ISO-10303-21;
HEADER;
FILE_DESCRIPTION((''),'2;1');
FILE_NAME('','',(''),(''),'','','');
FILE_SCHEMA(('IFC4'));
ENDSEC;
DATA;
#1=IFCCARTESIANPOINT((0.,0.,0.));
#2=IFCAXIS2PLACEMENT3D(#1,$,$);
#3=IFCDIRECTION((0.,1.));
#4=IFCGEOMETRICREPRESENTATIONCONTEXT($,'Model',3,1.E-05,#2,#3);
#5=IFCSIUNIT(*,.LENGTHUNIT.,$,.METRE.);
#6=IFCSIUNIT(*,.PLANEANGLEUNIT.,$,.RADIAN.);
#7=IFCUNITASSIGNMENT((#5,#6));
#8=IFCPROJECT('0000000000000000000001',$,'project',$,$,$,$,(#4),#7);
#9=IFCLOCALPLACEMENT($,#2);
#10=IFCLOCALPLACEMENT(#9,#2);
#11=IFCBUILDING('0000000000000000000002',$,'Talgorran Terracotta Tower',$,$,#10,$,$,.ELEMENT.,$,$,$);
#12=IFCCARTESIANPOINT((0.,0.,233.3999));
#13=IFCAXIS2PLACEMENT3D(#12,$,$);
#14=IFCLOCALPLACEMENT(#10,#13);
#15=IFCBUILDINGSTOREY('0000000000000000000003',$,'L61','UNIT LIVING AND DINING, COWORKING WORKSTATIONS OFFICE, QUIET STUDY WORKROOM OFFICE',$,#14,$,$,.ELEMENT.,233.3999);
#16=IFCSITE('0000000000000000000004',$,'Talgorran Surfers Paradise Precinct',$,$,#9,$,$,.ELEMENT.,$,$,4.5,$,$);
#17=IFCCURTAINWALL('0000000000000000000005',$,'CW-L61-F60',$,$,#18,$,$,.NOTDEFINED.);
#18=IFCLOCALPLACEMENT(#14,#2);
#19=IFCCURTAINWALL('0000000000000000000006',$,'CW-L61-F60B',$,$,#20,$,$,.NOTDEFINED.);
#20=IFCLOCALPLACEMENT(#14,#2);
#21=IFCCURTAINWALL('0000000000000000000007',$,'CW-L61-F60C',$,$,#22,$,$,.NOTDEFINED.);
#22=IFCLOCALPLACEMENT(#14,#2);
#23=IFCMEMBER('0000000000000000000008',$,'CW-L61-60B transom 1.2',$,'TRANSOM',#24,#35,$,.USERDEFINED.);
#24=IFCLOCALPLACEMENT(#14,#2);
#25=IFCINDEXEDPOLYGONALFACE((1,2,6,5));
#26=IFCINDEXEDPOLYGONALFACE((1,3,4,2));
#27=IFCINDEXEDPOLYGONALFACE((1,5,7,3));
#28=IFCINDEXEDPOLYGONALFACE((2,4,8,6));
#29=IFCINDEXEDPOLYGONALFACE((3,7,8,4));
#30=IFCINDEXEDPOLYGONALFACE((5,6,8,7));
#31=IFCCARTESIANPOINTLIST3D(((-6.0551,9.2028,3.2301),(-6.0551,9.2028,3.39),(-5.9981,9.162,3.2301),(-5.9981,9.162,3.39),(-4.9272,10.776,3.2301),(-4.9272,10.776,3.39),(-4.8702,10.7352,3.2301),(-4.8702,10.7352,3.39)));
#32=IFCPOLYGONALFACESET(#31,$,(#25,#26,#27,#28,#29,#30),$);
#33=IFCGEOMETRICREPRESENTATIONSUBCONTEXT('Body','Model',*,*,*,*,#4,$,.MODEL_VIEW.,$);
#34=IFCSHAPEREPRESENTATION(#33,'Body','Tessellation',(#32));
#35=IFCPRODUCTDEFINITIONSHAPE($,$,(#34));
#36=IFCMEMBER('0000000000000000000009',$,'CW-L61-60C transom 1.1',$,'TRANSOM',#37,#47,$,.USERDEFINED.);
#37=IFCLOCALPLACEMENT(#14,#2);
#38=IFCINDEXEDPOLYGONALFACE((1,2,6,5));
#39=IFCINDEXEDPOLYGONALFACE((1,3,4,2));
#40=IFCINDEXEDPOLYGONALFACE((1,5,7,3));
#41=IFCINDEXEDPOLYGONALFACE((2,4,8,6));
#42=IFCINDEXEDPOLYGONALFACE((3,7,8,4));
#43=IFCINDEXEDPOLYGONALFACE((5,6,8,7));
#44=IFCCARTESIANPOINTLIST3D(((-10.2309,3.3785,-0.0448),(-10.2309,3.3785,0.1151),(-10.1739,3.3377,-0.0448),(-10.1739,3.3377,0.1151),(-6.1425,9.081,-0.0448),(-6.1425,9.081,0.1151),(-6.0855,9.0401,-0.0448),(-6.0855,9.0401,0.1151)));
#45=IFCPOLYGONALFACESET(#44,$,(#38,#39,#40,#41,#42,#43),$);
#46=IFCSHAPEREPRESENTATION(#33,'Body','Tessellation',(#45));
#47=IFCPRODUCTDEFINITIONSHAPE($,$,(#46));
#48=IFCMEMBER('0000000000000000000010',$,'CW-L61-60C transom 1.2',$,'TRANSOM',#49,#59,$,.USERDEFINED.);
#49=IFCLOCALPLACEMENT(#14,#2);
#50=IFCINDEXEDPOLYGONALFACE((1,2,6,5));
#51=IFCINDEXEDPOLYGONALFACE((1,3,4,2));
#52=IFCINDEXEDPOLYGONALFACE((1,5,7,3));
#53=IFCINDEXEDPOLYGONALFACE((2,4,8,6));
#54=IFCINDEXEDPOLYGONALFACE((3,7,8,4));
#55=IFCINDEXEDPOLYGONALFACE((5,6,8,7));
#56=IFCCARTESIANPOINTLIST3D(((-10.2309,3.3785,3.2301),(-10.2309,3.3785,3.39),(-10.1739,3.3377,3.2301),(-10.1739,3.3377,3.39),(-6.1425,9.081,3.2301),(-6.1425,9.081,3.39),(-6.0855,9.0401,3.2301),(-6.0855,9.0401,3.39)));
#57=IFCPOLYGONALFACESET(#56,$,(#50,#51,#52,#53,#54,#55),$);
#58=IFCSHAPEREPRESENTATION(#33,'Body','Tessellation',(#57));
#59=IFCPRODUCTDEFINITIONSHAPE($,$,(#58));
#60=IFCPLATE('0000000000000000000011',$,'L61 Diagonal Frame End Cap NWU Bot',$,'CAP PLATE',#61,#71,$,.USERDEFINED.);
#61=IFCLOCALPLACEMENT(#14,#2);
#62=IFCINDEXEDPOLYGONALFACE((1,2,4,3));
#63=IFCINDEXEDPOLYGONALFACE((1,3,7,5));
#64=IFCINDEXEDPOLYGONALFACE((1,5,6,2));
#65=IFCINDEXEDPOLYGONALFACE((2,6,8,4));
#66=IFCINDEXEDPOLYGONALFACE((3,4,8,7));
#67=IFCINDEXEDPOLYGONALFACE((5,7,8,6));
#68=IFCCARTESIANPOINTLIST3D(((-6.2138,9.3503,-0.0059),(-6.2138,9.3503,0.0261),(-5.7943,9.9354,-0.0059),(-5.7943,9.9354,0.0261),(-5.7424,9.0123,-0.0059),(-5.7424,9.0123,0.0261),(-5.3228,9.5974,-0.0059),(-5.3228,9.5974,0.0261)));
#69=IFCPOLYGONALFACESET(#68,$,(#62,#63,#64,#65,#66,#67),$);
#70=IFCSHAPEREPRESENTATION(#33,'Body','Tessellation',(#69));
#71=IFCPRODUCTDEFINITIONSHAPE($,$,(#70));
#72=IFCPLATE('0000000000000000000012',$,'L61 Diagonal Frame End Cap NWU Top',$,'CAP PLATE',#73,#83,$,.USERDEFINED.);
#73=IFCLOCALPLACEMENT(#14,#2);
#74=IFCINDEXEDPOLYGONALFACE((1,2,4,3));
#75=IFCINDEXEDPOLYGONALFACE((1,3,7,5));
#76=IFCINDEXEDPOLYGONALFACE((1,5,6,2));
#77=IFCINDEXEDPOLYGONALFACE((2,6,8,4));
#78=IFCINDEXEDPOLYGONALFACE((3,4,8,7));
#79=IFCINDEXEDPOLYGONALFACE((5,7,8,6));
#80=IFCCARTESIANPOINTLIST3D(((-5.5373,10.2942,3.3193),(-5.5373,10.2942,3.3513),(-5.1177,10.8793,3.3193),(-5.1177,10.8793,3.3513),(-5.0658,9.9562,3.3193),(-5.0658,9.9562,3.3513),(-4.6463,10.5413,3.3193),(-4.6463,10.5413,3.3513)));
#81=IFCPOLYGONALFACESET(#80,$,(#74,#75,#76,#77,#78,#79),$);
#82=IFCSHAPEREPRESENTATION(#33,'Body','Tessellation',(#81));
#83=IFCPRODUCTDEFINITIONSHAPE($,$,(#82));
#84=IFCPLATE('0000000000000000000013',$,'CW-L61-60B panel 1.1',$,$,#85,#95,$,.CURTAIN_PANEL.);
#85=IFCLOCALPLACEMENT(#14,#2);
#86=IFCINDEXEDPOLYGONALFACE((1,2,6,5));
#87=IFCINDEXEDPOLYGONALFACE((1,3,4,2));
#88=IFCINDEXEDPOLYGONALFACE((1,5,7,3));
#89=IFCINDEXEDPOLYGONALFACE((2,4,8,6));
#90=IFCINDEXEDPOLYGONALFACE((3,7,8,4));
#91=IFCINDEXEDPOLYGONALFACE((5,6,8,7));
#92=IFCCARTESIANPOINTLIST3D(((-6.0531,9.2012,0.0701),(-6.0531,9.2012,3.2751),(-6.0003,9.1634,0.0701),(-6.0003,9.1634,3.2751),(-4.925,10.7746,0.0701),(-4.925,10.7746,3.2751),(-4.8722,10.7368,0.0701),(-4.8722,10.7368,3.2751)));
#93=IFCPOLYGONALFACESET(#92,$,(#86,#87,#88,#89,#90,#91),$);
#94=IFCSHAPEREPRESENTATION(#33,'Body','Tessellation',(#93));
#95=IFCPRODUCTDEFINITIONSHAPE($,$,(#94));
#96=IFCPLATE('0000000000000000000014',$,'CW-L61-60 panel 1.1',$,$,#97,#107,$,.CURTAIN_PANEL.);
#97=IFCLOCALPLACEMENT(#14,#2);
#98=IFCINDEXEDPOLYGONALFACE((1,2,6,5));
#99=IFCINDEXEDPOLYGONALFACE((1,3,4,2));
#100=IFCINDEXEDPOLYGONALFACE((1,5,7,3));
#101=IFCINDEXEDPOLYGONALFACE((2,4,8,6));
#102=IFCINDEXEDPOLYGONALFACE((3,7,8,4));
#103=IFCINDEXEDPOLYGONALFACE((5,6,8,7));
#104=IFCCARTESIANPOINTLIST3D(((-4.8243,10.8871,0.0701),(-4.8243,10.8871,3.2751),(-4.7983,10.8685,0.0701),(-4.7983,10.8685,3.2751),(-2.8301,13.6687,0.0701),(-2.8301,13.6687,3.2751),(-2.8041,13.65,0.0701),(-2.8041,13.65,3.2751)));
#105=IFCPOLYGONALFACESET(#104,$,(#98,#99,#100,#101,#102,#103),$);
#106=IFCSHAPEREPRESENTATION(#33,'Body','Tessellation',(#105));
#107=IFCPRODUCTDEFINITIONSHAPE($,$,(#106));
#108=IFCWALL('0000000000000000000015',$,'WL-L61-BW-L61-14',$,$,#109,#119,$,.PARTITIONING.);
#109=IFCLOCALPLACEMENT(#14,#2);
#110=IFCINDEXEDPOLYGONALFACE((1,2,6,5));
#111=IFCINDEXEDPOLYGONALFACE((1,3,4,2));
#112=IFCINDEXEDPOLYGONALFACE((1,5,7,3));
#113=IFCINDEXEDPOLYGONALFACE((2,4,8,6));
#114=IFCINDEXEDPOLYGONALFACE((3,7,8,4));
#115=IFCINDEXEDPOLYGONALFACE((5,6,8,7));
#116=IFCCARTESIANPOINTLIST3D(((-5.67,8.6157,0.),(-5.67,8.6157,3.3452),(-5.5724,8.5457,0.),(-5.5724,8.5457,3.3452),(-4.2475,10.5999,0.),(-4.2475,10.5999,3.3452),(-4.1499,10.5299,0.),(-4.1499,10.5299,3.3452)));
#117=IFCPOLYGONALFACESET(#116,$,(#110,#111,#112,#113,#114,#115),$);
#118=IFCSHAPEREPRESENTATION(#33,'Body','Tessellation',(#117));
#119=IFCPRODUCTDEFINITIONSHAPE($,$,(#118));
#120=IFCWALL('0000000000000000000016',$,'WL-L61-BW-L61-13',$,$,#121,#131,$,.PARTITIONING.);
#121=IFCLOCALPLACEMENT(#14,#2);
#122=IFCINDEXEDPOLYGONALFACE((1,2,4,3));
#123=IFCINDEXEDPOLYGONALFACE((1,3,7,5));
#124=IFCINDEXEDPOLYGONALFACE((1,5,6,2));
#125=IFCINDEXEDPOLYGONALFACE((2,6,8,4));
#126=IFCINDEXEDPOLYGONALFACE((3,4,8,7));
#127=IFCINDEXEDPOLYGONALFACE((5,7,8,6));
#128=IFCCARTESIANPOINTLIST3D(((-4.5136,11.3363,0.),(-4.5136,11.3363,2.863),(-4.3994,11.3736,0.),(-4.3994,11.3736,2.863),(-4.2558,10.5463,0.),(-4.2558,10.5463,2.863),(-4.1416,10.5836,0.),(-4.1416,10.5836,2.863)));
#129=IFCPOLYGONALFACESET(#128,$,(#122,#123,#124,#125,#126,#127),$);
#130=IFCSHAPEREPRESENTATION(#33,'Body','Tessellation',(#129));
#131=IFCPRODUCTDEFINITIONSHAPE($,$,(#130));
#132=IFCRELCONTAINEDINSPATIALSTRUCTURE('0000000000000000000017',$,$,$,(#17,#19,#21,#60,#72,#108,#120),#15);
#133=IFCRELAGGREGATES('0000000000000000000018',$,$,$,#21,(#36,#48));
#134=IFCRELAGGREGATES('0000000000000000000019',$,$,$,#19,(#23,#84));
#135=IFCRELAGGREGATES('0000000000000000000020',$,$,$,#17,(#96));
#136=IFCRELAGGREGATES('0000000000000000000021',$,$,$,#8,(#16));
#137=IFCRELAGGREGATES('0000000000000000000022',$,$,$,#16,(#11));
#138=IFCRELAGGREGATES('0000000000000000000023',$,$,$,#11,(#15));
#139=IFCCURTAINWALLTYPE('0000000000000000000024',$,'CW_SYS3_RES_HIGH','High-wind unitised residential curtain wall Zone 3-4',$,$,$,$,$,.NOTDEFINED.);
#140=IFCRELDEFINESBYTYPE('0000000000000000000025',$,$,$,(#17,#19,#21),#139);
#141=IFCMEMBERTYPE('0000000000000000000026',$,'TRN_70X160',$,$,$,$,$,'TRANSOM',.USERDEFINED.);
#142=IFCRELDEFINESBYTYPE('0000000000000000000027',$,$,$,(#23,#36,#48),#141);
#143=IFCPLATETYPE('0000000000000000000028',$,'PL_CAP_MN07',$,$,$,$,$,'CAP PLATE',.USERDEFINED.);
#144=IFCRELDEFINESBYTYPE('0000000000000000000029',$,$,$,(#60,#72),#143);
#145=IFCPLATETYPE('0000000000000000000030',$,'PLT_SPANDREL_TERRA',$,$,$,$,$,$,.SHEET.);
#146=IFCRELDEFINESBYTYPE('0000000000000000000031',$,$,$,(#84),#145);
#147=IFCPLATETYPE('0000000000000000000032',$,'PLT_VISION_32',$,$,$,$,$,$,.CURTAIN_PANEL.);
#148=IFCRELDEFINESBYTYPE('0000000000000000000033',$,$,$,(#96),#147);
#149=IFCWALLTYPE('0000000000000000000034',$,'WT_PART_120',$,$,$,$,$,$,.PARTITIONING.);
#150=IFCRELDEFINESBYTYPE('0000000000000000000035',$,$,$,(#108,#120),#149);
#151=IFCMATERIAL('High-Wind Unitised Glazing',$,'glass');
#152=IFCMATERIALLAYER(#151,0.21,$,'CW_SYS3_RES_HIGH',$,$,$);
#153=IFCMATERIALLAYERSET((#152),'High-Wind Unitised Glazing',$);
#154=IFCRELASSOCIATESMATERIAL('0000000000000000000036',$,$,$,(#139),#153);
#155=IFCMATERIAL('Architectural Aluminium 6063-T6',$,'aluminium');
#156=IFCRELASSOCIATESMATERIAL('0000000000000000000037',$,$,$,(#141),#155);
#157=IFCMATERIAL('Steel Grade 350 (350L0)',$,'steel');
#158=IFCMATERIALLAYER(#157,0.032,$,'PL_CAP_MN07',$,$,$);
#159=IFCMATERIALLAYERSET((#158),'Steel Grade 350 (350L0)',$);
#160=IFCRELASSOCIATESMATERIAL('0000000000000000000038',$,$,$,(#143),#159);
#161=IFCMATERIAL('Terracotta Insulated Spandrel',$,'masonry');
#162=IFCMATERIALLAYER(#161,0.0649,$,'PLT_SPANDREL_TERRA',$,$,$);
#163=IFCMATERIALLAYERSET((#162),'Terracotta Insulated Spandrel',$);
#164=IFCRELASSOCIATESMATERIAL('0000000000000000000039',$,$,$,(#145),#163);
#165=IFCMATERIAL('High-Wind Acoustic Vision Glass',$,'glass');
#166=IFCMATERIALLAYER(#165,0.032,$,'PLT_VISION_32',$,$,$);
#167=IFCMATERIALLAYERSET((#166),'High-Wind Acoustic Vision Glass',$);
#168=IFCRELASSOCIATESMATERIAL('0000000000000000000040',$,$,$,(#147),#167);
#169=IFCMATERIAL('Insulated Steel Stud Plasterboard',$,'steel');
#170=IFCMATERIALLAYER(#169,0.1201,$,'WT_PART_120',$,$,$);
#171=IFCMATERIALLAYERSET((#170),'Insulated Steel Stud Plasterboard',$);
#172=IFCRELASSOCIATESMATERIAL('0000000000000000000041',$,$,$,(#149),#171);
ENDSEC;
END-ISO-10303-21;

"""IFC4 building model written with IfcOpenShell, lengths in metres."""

from ifc_helpers import new_model, si_unit, direction, frame, frame_2d, origin, origin_2d, place, context, subcontext, project, spatial, rectangle, extrude, source, transform, mapped, material, layer, layer_set, material_profile, profile_set, type_object, type_shapes, element, aggregate, save


model = new_model("IFC4")

# Units and contexts
model_context = context("Model", 3, precision=1e-05, world=origin(), true_north=direction((0.0, 1.0)))
body_context = subcontext(model_context, "Body", "Model", "MODEL_VIEW")
ifc_project = project(units=[si_unit("LENGTHUNIT", "METRE"), si_unit("PLANEANGLEUNIT", "RADIAN")], contexts=[model_context])

# Site, building, storey
site_placement = place(None, origin())
site = spatial("IfcSite", under=ifc_project, at=site_placement, Name="Talgorran Surfers Paradise Precinct", CompositionType="ELEMENT", RefElevation=4.5)
building_placement = place(site_placement, origin())
building = spatial("IfcBuilding", under=site, at=building_placement, Name="Talgorran Terracotta Tower", CompositionType="ELEMENT")
storey_placement = place(building_placement, frame((0.0, 0.0, 233.3999)))
storey = spatial("IfcBuildingStorey", under=building, at=storey_placement, Name="L61", Description="UNIT LIVING AND DINING, COWORKING WORKSTATIONS OFFICE, QUIET STUDY WORKROOM OFFICE", CompositionType="ELEMENT", Elevation=233.3999)

# Shared definitions
ifc_material_1 = material(Name="Steel Grade 350 (350L0)", Category="steel")

# Shared definitions
ifc_material_2 = material(Name="High-Wind Unitised Glazing", Category="glass")
ifc_layer_1 = layer(ifc_material_2, 0.21, Name="CW_SYS3_RES_HIGH")
ifc_layer_set_1 = layer_set([ifc_layer_1], Name="High-Wind Unitised Glazing")
curtain_wall_type = type_object("IfcCurtainWallType", Name="CW_SYS3_RES_HIGH", Description="High-wind unitised residential curtain wall Zone 3-4", PredefinedType="NOTDEFINED", material=ifc_layer_set_1)
ifc_material_3 = material(Name="Architectural Aluminium 6063-T6", Category="aluminium")

# Curtain walls
curtain_wall_1_placement = place(storey_placement, origin())
curtain_wall_1 = element("IfcCurtainWall", 1, at=curtain_wall_1_placement, inside=storey, type_object=curtain_wall_type, Name="CW-L61-F60", PredefinedType="NOTDEFINED")
curtain_wall_2_placement = place(storey_placement, origin())
curtain_wall_2 = element("IfcCurtainWall", 2, at=curtain_wall_2_placement, inside=storey, type_object=curtain_wall_type, Name="CW-L61-F60B", PredefinedType="NOTDEFINED")

# Curtain wall
curtain_wall_3_placement = place(storey_placement, origin())
curtain_wall_3 = element("IfcCurtainWall", 3, at=curtain_wall_3_placement, inside=storey, type_object=curtain_wall_type, Name="CW-L61-F60C", PredefinedType="NOTDEFINED")

# Members
ifc_material_profile_1 = material_profile(ifc_material_3, rectangle(XDim=0.0701, YDim=0.1599, at=origin_2d()), Name="CWT70X160")
ifc_profile_set_1 = profile_set([ifc_material_profile_1], Name="Architectural Aluminium 6063-T6")
member_type_1 = type_object("IfcMemberType", Name="TRN_70X160", ElementType="TRANSOM", PredefinedType="USERDEFINED", material=ifc_profile_set_1)
member_1_placement = place(storey_placement, frame((-4.8987, 10.7556, 3.3101), z_axis=(-0.582669, -0.81271, 0.0), x_axis=(0.81271, -0.582669, 0.0)))
member_1 = element("IfcMember", 4, at=member_1_placement, type_object=member_type_1, Name="CW-L61-60B transom 1.2", ObjectType="TRANSOM", PredefinedType="USERDEFINED", context=body_context, shape_type="SweptSolid", body=[
    extrude(rectangle(XDim=0.0701, YDim=0.1599, at=origin_2d()), origin(), (0.0, 0.0, 1.0), 1.9358),
])
member_2_placement = place(storey_placement, frame((-6.114, 9.0605, 0.0352), z_axis=(-0.582676, -0.812705, 0.0), x_axis=(0.812705, -0.582676, 0.0)))
member_2 = element("IfcMember", 5, at=member_2_placement, type_object=member_type_1, Name="CW-L61-60C transom 1.1", ObjectType="TRANSOM", PredefinedType="USERDEFINED", context=body_context, shape_type="SweptSolid", body=[
    extrude(rectangle(XDim=0.0701, YDim=0.1599, at=origin_2d()), origin(), (0.0, 0.0, 1.0), 7.0166),
])
member_3_placement = place(storey_placement, frame((-6.114, 9.0605, 3.3101), z_axis=(-0.582676, -0.812705, 0.0), x_axis=(0.812705, -0.582676, 0.0)))
member_3 = element("IfcMember", 6, at=member_3_placement, type_object=member_type_1, Name="CW-L61-60C transom 1.2", ObjectType="TRANSOM", PredefinedType="USERDEFINED", context=body_context, shape_type="SweptSolid", body=[
    extrude(rectangle(XDim=0.0701, YDim=0.1599, at=origin_2d()), origin(), (0.0, 0.0, 1.0), 7.0166),
])
aggregate(curtain_wall_3, [member_2, member_3])

# Plates
ifc_layer_2 = layer(ifc_material_1, 0.032, Name="PL_CAP_MN07")
ifc_layer_set_2 = layer_set([ifc_layer_2], Name="Steel Grade 350 (350L0)")
plate_type_1 = type_object("IfcPlateType", Name="PL_CAP_MN07", ElementType="CAP PLATE", PredefinedType="USERDEFINED", material=ifc_layer_set_2)
for number, where, z_axis, x_axis, name in (
    (7, (-5.7683, 9.4739, -0.0059), (0.0, 0.0, 1.0), (0.58269, 0.812694, 0.0), "L61 Diagonal Frame End Cap NWU Bot"),
    (8, (-5.0918, 10.4177, 3.3193), (0.0, 0.0, 1.0), (0.58269, 0.812694, 0.0), "L61 Diagonal Frame End Cap NWU Top"),
):
    element("IfcPlate", number, at=place(storey_placement, frame(where, z_axis=z_axis, x_axis=x_axis)), inside=storey, type_object=plate_type_1, Name=name, ObjectType="CAP PLATE", PredefinedType="USERDEFINED", context=body_context, shape_type="SweptSolid", body=[
        extrude(rectangle(XDim=0.72, YDim=0.5801, at=origin_2d()), origin(), (0.0, 0.0, 1.0), 0.032),
    ])

# Plates
ifc_material_4 = material(Name="Terracotta Insulated Spandrel", Category="masonry")
ifc_layer_3 = layer(ifc_material_4, 0.0649, Name="PLT_SPANDREL_TERRA")
ifc_layer_set_3 = layer_set([ifc_layer_3], Name="Terracotta Insulated Spandrel")
plate_type_2 = type_object("IfcPlateType", Name="PLT_SPANDREL_TERRA", PredefinedType="SHEET", material=ifc_layer_set_3)
shared_shape_1 = source(origin(), body_context, "Body", "SweptSolid", [
    extrude(rectangle(XDim=1.936, YDim=0.0649, at=origin_2d()), origin(), (0.0, 0.0, 1.0), 3.2051),
])
type_shapes(plate_type_2, [shared_shape_1])
plate_1_placement = place(storey_placement, frame((-5.4626, 9.969, 0.0701), z_axis=(0.0, 0.0, 1.0), x_axis=(-0.582682, -0.8127, 0.0)))
plate_1 = element("IfcPlate", 9, at=plate_1_placement, type_object=plate_type_2, Name="CW-L61-60B panel 1.1", PredefinedType="CURTAIN_PANEL", context=body_context, shape_type="MappedRepresentation", body=[
    mapped(shared_shape_1, transform((0.0, 0.0, 0.0), scale=1.0)),
])
aggregate(curtain_wall_2, [member_1, plate_1])
ifc_material_5 = material(Name="High-Wind Acoustic Vision Glass", Category="glass")
ifc_layer_4 = layer(ifc_material_5, 0.032, Name="PLT_VISION_32")
ifc_layer_set_4 = layer_set([ifc_layer_4], Name="High-Wind Acoustic Vision Glass")
plate_type_3 = type_object("IfcPlateType", Name="PLT_VISION_32", PredefinedType="CURTAIN_PANEL", material=ifc_layer_set_4)
shared_shape_2 = source(origin(), body_context, "Body", "SweptSolid", [
    extrude(rectangle(XDim=3.4226, YDim=0.032, at=origin_2d()), origin(), (0.0, 0.0, 1.0), 3.2051),
])
type_shapes(plate_type_3, [shared_shape_2])
plate_2_placement = place(storey_placement, frame((-3.8142, 12.2686, 0.0701), z_axis=(0.0, 0.0, 1.0), x_axis=(-0.582674, -0.812706, 0.0)))
plate_2 = element("IfcPlate", 10, at=plate_2_placement, type_object=plate_type_3, Name="CW-L61-60 panel 1.1", PredefinedType="CURTAIN_PANEL", context=body_context, shape_type="MappedRepresentation", body=[
    mapped(shared_shape_2, transform((0.0, 0.0, 0.0), scale=1.0)),
])
aggregate(curtain_wall_1, [plate_2])

# Walls
ifc_material_6 = material(Name="Insulated Steel Stud Plasterboard", Category="steel")
ifc_layer_5 = layer(ifc_material_6, 0.1201, Name="WT_PART_120")
ifc_layer_set_5 = layer_set([ifc_layer_5], Name="Insulated Steel Stud Plasterboard")
wall_type = type_object("IfcWallType", Name="WT_PART_120", PredefinedType="PARTITIONING", material=ifc_layer_set_5)
wall_1_placement = place(storey_placement, frame((-4.1987, 10.5649, 0.0), z_axis=(0.0, 0.0, 1.0), x_axis=(-0.582628, -0.812739, 0.0)))
element("IfcWall", 11, at=wall_1_placement, inside=storey, type_object=wall_type, Name="WL-L61-BW-L61-14", PredefinedType="PARTITIONING", context=body_context, shape_type="SweptSolid", body=[
    extrude(rectangle(XDim=2.4414, YDim=0.1201, at=frame_2d((1.2207, 0.0))), origin(), (0.0, 0.0, 1.0), 3.3452),
])
wall_2_placement = place(storey_placement, frame((-4.4565, 11.355, 0.0), z_axis=(0.0, 0.0, 1.0), x_axis=(0.310228, -0.950662, 0.0)))
element("IfcWall", 12, at=wall_2_placement, inside=storey, type_object=wall_type, Name="WL-L61-BW-L61-13", PredefinedType="PARTITIONING", context=body_context, shape_type="SweptSolid", body=[
    extrude(rectangle(XDim=0.8311, YDim=0.1201, at=frame_2d((0.4155, 0.0))), origin(), (0.0, 0.0, 1.0), 2.863),
])

save(model, "model.ifc")
